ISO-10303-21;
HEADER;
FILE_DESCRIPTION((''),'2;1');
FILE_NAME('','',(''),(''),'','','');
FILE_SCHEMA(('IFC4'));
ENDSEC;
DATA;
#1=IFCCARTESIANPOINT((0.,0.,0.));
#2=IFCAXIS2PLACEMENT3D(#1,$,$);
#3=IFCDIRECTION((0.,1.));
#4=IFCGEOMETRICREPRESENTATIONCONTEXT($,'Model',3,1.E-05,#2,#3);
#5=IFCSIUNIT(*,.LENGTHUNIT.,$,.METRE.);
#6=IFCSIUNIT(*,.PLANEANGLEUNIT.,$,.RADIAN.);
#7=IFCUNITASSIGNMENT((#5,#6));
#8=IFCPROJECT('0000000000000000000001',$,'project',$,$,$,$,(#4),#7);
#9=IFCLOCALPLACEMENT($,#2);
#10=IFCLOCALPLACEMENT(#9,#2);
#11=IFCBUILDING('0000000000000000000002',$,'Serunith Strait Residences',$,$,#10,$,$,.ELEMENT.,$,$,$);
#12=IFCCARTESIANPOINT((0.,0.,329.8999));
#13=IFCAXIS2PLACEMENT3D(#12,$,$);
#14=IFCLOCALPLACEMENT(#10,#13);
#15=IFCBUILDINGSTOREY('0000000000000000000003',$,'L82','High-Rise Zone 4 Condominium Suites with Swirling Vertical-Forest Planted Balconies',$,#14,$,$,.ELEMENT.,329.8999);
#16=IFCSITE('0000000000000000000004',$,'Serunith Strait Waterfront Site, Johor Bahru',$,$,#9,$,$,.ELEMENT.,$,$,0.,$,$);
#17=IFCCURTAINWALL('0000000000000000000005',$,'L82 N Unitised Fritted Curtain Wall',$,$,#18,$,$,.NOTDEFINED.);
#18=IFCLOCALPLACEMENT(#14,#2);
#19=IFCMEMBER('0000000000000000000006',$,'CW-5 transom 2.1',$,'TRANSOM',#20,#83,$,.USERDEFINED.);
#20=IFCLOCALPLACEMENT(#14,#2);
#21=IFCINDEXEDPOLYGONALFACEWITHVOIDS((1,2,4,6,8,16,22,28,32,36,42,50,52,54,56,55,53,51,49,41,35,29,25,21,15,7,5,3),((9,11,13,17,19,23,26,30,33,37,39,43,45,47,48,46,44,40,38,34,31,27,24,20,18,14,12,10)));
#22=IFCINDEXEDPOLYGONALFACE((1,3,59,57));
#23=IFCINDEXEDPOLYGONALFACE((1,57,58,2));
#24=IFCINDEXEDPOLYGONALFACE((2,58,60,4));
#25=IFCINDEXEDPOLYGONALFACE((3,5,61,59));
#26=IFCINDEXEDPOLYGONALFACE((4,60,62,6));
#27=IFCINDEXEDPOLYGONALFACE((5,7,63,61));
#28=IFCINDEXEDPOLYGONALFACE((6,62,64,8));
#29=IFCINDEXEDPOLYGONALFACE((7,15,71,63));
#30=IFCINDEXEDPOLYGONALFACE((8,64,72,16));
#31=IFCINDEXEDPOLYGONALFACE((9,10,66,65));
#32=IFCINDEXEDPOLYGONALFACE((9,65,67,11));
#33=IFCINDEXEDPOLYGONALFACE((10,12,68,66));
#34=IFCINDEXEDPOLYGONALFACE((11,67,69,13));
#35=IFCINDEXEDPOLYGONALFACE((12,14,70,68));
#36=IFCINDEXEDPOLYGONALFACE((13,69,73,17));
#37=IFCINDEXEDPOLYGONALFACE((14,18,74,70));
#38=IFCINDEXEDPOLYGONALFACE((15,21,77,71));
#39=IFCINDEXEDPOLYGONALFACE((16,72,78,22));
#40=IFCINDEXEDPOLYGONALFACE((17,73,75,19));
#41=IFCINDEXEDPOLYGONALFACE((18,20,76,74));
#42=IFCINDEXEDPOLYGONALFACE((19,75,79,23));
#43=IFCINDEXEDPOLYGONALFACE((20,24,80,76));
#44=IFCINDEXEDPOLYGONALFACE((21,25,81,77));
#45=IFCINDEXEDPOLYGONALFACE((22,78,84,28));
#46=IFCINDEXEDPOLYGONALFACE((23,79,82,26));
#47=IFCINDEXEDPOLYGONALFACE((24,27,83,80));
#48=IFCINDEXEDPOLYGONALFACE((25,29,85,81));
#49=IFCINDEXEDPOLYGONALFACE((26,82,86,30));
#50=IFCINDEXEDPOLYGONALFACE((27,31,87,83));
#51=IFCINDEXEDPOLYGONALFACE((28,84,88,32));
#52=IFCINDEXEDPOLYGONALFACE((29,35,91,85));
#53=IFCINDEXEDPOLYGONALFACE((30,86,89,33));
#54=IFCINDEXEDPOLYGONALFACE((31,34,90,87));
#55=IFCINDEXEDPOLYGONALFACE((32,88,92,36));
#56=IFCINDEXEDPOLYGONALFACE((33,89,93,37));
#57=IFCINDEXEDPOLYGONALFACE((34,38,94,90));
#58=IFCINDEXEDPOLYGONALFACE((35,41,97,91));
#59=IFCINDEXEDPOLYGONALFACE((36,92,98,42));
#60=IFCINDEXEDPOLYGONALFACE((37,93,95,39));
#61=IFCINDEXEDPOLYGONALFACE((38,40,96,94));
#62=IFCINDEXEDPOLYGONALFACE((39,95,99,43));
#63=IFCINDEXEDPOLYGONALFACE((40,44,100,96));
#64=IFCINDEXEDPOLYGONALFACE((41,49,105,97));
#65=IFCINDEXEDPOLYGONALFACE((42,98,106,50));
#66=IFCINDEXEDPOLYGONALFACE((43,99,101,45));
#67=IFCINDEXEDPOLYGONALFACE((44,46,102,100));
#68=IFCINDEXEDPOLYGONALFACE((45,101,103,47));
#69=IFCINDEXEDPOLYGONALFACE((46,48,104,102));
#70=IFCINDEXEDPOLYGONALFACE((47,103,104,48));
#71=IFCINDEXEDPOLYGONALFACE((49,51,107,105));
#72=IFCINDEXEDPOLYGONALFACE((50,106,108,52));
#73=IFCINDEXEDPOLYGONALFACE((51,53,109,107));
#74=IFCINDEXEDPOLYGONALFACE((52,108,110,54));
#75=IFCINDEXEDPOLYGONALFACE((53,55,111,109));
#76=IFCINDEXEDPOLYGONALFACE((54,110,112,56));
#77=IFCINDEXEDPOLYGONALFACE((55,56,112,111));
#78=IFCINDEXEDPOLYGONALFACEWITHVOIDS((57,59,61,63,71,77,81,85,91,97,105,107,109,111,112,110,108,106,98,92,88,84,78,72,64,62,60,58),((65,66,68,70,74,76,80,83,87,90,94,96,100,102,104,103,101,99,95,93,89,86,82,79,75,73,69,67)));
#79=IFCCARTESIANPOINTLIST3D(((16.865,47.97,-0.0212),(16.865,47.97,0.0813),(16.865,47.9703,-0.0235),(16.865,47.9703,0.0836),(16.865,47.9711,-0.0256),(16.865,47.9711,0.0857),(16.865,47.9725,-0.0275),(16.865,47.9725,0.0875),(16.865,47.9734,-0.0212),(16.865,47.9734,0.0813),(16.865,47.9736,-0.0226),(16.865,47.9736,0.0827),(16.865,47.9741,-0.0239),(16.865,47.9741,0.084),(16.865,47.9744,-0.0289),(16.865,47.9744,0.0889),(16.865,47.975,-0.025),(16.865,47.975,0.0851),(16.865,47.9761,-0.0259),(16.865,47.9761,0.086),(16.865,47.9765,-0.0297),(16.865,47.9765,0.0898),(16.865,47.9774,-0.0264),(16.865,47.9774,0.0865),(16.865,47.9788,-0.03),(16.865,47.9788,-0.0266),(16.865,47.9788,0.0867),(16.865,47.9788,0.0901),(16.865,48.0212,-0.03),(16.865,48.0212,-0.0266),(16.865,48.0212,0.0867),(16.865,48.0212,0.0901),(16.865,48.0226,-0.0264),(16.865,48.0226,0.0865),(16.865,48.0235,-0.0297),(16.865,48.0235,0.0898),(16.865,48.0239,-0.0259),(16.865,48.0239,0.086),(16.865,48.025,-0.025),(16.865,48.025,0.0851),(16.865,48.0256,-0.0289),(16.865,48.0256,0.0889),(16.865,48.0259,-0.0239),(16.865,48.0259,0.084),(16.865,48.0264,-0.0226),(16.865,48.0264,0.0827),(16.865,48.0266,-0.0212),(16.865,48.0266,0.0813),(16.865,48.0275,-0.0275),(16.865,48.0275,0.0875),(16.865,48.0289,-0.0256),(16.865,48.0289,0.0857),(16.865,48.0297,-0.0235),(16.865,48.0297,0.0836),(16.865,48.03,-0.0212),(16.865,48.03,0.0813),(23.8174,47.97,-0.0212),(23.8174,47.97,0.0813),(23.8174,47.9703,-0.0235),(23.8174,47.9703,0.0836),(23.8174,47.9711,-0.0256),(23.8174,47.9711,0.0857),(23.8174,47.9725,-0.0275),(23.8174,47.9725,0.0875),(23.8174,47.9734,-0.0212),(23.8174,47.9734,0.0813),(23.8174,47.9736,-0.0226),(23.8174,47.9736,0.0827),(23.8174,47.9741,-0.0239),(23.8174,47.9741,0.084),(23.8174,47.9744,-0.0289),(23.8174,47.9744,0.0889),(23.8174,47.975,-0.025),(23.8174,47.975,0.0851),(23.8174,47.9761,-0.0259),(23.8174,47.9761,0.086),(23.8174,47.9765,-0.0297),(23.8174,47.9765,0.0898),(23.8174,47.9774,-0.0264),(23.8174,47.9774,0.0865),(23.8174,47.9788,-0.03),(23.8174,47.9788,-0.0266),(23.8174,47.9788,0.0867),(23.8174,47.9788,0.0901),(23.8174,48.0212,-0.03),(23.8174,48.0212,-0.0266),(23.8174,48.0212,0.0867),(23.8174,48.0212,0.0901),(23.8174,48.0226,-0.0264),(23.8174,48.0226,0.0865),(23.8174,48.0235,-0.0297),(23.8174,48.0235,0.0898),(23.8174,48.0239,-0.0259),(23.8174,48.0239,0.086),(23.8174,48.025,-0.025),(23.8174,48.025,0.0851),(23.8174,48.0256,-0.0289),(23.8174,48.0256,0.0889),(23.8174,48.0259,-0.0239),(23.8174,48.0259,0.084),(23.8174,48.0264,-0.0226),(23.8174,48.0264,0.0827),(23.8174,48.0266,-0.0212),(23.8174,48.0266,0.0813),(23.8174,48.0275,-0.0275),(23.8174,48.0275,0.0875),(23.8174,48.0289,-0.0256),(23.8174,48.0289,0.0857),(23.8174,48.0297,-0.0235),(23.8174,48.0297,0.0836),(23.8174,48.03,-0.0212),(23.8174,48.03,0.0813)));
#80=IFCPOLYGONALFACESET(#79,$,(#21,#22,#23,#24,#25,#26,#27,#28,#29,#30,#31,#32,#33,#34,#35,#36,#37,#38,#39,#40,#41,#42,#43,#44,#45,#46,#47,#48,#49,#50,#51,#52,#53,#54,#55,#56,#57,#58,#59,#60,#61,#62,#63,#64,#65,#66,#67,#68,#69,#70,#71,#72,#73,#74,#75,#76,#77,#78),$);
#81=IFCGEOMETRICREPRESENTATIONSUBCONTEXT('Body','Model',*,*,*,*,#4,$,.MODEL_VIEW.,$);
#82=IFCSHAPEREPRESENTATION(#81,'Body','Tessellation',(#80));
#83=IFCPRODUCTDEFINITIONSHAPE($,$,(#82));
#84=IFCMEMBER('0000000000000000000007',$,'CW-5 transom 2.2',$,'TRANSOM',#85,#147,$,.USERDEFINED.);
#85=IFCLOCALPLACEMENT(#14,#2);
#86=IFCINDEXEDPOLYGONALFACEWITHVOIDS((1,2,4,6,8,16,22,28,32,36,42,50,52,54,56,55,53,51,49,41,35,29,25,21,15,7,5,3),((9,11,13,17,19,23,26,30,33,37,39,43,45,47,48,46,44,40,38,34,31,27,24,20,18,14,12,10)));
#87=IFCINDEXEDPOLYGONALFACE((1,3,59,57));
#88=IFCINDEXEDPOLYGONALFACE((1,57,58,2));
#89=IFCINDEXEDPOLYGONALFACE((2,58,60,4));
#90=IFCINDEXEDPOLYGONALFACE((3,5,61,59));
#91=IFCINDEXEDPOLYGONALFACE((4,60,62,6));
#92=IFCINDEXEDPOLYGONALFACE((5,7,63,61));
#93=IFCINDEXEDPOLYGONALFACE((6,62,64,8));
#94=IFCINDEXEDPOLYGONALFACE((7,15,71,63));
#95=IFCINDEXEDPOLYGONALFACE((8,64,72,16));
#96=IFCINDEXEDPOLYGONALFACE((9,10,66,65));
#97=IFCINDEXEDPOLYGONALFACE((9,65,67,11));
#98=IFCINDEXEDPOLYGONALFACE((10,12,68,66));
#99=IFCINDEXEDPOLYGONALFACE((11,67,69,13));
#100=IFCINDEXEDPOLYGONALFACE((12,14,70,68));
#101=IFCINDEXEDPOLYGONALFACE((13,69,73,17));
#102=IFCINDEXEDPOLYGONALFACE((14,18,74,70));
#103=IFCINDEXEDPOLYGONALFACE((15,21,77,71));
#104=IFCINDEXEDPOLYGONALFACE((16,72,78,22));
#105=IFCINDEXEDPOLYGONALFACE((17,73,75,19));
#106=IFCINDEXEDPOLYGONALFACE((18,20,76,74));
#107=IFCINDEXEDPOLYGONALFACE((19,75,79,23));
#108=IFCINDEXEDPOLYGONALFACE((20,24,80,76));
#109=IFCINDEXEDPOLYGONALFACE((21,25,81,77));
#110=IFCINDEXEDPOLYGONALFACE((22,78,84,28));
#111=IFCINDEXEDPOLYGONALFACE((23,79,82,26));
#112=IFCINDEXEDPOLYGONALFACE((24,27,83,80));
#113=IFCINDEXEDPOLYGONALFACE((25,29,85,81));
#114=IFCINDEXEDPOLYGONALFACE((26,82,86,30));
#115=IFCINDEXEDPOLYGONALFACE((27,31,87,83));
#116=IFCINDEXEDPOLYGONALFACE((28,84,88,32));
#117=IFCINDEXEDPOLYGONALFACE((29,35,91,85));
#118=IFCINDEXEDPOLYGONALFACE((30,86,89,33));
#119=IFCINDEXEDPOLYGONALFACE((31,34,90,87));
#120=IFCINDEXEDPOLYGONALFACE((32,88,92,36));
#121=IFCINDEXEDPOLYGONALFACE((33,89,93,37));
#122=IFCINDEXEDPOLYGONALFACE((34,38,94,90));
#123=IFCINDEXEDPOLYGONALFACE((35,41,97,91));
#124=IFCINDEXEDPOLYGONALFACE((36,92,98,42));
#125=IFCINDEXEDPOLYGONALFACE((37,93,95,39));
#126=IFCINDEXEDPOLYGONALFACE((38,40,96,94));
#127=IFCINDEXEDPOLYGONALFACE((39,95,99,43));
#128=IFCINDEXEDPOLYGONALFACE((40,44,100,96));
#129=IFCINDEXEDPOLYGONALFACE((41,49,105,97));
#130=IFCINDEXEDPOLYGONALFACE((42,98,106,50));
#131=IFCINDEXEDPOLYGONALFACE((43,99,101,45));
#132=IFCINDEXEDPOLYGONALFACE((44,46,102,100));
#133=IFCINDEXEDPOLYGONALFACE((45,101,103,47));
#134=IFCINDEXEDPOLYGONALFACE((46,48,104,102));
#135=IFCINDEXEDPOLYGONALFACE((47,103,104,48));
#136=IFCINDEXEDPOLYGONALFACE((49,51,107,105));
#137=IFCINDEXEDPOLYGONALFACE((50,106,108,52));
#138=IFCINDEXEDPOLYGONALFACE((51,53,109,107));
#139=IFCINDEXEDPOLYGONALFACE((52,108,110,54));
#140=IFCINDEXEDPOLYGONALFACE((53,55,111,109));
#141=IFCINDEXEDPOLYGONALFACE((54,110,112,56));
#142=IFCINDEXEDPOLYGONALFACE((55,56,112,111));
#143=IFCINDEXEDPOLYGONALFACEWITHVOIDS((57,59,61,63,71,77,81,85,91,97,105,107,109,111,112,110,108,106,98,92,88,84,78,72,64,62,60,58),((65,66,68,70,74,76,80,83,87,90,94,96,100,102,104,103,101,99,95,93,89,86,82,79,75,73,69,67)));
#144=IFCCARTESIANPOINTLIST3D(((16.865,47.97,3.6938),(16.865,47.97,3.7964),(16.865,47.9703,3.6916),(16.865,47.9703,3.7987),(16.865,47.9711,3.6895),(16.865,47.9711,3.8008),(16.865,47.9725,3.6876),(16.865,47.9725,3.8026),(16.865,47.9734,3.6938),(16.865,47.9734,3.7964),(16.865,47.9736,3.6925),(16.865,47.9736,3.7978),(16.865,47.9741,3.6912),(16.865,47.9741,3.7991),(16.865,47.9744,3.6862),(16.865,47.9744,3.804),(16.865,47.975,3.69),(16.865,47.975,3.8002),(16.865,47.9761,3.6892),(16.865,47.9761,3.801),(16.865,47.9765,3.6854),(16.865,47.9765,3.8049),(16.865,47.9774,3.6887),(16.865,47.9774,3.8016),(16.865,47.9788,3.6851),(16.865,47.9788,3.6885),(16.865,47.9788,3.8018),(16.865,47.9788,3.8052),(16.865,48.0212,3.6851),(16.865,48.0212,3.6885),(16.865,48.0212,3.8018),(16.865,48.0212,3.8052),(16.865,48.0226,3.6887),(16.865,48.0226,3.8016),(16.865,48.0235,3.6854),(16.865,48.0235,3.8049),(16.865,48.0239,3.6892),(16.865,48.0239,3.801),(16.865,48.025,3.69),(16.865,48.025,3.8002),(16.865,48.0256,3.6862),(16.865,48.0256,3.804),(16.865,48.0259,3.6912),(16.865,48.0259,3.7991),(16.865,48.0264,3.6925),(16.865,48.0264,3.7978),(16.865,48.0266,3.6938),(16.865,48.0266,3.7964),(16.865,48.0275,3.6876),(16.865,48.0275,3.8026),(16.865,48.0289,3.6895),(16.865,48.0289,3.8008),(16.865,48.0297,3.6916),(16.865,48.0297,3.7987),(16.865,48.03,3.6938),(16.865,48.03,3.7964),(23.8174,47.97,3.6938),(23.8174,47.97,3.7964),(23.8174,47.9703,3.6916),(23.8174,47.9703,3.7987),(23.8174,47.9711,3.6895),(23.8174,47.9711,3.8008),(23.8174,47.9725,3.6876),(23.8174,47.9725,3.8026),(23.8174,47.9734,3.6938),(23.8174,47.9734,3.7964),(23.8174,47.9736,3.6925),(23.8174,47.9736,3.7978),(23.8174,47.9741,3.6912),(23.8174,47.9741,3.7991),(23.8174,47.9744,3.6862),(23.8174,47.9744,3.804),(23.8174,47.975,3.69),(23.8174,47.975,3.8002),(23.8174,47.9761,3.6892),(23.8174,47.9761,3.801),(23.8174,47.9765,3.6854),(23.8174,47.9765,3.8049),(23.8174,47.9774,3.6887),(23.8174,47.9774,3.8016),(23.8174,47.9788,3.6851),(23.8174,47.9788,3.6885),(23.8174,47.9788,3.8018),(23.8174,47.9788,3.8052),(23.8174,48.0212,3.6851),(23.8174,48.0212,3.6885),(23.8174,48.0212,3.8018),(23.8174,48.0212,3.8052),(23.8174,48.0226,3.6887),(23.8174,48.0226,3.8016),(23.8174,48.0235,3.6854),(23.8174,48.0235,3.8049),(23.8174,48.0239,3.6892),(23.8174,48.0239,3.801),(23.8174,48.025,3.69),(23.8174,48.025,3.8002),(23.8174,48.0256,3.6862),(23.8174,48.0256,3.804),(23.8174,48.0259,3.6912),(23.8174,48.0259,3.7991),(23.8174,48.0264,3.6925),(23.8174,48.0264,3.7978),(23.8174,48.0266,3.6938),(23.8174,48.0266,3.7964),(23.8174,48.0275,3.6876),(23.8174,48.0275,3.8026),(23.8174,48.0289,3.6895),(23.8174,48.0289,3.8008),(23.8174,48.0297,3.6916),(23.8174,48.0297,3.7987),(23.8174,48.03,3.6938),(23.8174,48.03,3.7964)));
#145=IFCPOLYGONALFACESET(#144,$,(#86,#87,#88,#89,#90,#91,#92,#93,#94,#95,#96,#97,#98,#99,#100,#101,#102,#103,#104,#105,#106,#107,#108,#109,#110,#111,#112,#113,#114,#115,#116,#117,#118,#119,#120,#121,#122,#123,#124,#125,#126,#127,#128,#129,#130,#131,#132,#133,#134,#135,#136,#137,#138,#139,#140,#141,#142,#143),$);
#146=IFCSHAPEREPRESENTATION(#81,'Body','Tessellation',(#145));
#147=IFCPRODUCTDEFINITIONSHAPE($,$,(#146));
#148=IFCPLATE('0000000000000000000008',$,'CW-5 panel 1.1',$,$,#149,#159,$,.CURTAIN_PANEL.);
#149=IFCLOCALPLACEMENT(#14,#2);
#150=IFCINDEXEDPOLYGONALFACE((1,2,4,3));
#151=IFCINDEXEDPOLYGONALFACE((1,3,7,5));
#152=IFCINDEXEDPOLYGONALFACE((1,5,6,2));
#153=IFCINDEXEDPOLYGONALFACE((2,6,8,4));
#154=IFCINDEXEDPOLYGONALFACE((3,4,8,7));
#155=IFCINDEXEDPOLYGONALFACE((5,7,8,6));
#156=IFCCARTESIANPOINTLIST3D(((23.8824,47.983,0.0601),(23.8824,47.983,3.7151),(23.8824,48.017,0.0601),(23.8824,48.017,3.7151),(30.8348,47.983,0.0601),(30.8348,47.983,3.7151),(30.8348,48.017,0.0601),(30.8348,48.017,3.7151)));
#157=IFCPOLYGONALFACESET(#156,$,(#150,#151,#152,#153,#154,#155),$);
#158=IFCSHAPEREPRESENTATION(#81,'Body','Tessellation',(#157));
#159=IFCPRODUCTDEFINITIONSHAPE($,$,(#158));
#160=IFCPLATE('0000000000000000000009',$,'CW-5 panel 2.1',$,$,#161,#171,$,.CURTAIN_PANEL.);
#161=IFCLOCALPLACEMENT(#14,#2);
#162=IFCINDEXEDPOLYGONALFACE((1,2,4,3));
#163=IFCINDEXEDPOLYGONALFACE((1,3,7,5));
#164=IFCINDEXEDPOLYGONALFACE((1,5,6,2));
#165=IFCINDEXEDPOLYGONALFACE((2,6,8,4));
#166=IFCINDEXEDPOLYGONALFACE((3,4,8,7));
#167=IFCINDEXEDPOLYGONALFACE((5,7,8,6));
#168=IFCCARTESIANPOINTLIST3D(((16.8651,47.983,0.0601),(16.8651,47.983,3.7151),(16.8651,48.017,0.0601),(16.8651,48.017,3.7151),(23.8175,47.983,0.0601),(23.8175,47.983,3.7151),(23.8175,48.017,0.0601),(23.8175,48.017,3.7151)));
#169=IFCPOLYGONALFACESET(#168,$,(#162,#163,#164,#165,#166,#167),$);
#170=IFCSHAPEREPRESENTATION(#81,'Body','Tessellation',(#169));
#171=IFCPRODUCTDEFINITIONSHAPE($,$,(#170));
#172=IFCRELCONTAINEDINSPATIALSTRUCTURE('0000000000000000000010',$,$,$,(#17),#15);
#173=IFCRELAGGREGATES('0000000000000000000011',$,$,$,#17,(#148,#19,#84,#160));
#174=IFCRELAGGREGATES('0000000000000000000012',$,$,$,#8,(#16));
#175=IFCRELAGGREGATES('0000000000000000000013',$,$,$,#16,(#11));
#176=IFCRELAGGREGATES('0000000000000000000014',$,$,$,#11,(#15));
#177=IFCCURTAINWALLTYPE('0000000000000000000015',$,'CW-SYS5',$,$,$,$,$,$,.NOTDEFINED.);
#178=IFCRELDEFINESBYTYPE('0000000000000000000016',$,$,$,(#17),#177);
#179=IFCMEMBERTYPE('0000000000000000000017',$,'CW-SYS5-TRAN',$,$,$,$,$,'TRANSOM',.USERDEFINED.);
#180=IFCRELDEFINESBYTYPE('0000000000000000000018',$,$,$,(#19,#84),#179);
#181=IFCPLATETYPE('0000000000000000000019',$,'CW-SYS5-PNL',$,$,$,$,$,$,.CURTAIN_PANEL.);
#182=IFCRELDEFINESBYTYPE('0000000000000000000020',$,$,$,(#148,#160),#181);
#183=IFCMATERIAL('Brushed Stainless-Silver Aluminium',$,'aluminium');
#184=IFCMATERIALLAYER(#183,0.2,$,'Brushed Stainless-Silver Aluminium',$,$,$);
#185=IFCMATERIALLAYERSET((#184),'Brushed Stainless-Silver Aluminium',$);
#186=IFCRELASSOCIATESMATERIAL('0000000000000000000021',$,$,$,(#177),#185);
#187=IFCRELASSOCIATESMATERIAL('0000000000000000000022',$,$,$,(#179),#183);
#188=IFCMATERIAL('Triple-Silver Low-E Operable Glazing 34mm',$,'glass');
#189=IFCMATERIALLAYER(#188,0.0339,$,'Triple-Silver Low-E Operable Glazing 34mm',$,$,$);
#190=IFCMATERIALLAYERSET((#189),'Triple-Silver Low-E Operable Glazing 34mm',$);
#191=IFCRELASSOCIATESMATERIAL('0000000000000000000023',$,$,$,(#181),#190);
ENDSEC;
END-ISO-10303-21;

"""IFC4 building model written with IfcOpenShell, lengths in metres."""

from ifc_helpers import new_model, si_unit, direction, frame, origin, origin_2d, place, context, subcontext, project, spatial, rectangle, hollow_rectangle, extrude, source, transform, mapped, material, layer, layer_set, material_profile, profile_set, type_object, element, aggregate, save


model = new_model("IFC4")

# Units and contexts
model_context = context("Model", 3, precision=1e-05, world=origin(), true_north=direction((0.0, 1.0)))
body_context = subcontext(model_context, "Body", "Model", "MODEL_VIEW")
ifc_project = project(units=[si_unit("LENGTHUNIT", "METRE"), si_unit("PLANEANGLEUNIT", "RADIAN")], contexts=[model_context])

# Site, building, storey
site_placement = place(None, origin())
site = spatial("IfcSite", under=ifc_project, at=site_placement, Name="Serunith Strait Waterfront Site, Johor Bahru", CompositionType="ELEMENT", RefElevation=0.0)
building_placement = place(site_placement, origin())
building = spatial("IfcBuilding", under=site, at=building_placement, Name="Serunith Strait Residences", CompositionType="ELEMENT")
storey_placement = place(building_placement, frame((0.0, 0.0, 329.8999)))
storey = spatial("IfcBuildingStorey", under=building, at=storey_placement, Name="L82", Description="High-Rise Zone 4 Condominium Suites with Swirling Vertical-Forest Planted Balconies", CompositionType="ELEMENT", Elevation=329.8999)

# Curtain wall, members, plates
ifc_material_1 = material(Name="Brushed Stainless-Silver Aluminium", Category="aluminium")
ifc_layer_1 = layer(ifc_material_1, 0.2, Name="Brushed Stainless-Silver Aluminium")
ifc_layer_set_1 = layer_set([ifc_layer_1], Name="Brushed Stainless-Silver Aluminium")
curtain_wall_type = type_object("IfcCurtainWallType", Name="CW-SYS5", PredefinedType="NOTDEFINED", material=ifc_layer_set_1)
curtain_wall_placement = place(storey_placement, origin())
curtain_wall = element("IfcCurtainWall", 1, at=curtain_wall_placement, inside=storey, type_object=curtain_wall_type, Name="L82 N Unitised Fritted Curtain Wall", PredefinedType="NOTDEFINED")
ifc_material_profile_1 = material_profile(ifc_material_1, hollow_rectangle(XDim=0.0601, YDim=0.1201, WallThickness=0.0034, InnerFilletRadius=0.0054, OuterFilletRadius=0.0088, at=origin_2d()), Name="ALU 120x60x3.5")
ifc_profile_set_1 = profile_set([ifc_material_profile_1], Name="Brushed Stainless-Silver Aluminium")
member_type_1 = type_object("IfcMemberType", Name="CW-SYS5-TRAN", ElementType="TRANSOM", PredefinedType="USERDEFINED", material=ifc_profile_set_1)
shared_shape_1 = source(origin(), body_context, "Body", "SweptSolid", [
    extrude(hollow_rectangle(XDim=0.0601, YDim=0.1201, WallThickness=0.0034, InnerFilletRadius=0.0054, OuterFilletRadius=0.0088, at=origin_2d()), origin(), (0.0, 0.0, 1.0), 6.9524),
])
member_1_placement = place(storey_placement, frame((23.8174, 48.0, 0.03), z_axis=(-1.0, 0.0, 0.0), x_axis=(0.0, -1.0, 0.0)))
member_1 = element("IfcMember", 2, at=member_1_placement, type_object=member_type_1, Name="CW-5 transom 2.1", ObjectType="TRANSOM", PredefinedType="USERDEFINED", context=body_context, shape_type="MappedRepresentation", body=[
    mapped(shared_shape_1, transform((0.0, 0.0, 0.0), scale=1.0)),
])
member_2_placement = place(storey_placement, frame((23.8174, 48.0, 3.7451), z_axis=(-1.0, 0.0, 0.0), x_axis=(0.0, -1.0, 0.0)))
member_2 = element("IfcMember", 3, at=member_2_placement, type_object=member_type_1, Name="CW-5 transom 2.2", ObjectType="TRANSOM", PredefinedType="USERDEFINED", context=body_context, shape_type="MappedRepresentation", body=[
    mapped(shared_shape_1, transform((0.0, 0.0, 0.0), scale=1.0)),
])
ifc_material_2 = material(Name="Triple-Silver Low-E Operable Glazing 34mm", Category="glass")
ifc_layer_2 = layer(ifc_material_2, 0.0339, Name="Triple-Silver Low-E Operable Glazing 34mm")
ifc_layer_set_2 = layer_set([ifc_layer_2], Name="Triple-Silver Low-E Operable Glazing 34mm")
plate_type = type_object("IfcPlateType", Name="CW-SYS5-PNL", PredefinedType="CURTAIN_PANEL", material=ifc_layer_set_2)
shared_shape_2 = source(origin(), body_context, "Body", "SweptSolid", [
    extrude(rectangle(XDim=6.9524, YDim=0.0339, at=origin_2d()), origin(), (0.0, 0.0, 1.0), 3.655),
])
plate_1_placement = place(storey_placement, frame((27.3586, 48.0, 0.0601), z_axis=(0.0, 0.0, 1.0), x_axis=(-1.0, 0.0, 0.0)))
plate_1 = element("IfcPlate", 4, at=plate_1_placement, type_object=plate_type, Name="CW-5 panel 1.1", PredefinedType="CURTAIN_PANEL", context=body_context, shape_type="MappedRepresentation", body=[
    mapped(shared_shape_2, transform((0.0, 0.0, 0.0), scale=1.0)),
])
plate_2_placement = place(storey_placement, frame((20.3413, 48.0, 0.0601), z_axis=(0.0, 0.0, 1.0), x_axis=(-1.0, 0.0, 0.0)))
plate_2 = element("IfcPlate", 5, at=plate_2_placement, type_object=plate_type, Name="CW-5 panel 2.1", PredefinedType="CURTAIN_PANEL", context=body_context, shape_type="MappedRepresentation", body=[
    mapped(shared_shape_2, transform((0.0, 0.0, 0.0), scale=1.0)),
])
aggregate(curtain_wall, [plate_1, member_1, member_2, plate_2])

save(model, "model.ifc")
